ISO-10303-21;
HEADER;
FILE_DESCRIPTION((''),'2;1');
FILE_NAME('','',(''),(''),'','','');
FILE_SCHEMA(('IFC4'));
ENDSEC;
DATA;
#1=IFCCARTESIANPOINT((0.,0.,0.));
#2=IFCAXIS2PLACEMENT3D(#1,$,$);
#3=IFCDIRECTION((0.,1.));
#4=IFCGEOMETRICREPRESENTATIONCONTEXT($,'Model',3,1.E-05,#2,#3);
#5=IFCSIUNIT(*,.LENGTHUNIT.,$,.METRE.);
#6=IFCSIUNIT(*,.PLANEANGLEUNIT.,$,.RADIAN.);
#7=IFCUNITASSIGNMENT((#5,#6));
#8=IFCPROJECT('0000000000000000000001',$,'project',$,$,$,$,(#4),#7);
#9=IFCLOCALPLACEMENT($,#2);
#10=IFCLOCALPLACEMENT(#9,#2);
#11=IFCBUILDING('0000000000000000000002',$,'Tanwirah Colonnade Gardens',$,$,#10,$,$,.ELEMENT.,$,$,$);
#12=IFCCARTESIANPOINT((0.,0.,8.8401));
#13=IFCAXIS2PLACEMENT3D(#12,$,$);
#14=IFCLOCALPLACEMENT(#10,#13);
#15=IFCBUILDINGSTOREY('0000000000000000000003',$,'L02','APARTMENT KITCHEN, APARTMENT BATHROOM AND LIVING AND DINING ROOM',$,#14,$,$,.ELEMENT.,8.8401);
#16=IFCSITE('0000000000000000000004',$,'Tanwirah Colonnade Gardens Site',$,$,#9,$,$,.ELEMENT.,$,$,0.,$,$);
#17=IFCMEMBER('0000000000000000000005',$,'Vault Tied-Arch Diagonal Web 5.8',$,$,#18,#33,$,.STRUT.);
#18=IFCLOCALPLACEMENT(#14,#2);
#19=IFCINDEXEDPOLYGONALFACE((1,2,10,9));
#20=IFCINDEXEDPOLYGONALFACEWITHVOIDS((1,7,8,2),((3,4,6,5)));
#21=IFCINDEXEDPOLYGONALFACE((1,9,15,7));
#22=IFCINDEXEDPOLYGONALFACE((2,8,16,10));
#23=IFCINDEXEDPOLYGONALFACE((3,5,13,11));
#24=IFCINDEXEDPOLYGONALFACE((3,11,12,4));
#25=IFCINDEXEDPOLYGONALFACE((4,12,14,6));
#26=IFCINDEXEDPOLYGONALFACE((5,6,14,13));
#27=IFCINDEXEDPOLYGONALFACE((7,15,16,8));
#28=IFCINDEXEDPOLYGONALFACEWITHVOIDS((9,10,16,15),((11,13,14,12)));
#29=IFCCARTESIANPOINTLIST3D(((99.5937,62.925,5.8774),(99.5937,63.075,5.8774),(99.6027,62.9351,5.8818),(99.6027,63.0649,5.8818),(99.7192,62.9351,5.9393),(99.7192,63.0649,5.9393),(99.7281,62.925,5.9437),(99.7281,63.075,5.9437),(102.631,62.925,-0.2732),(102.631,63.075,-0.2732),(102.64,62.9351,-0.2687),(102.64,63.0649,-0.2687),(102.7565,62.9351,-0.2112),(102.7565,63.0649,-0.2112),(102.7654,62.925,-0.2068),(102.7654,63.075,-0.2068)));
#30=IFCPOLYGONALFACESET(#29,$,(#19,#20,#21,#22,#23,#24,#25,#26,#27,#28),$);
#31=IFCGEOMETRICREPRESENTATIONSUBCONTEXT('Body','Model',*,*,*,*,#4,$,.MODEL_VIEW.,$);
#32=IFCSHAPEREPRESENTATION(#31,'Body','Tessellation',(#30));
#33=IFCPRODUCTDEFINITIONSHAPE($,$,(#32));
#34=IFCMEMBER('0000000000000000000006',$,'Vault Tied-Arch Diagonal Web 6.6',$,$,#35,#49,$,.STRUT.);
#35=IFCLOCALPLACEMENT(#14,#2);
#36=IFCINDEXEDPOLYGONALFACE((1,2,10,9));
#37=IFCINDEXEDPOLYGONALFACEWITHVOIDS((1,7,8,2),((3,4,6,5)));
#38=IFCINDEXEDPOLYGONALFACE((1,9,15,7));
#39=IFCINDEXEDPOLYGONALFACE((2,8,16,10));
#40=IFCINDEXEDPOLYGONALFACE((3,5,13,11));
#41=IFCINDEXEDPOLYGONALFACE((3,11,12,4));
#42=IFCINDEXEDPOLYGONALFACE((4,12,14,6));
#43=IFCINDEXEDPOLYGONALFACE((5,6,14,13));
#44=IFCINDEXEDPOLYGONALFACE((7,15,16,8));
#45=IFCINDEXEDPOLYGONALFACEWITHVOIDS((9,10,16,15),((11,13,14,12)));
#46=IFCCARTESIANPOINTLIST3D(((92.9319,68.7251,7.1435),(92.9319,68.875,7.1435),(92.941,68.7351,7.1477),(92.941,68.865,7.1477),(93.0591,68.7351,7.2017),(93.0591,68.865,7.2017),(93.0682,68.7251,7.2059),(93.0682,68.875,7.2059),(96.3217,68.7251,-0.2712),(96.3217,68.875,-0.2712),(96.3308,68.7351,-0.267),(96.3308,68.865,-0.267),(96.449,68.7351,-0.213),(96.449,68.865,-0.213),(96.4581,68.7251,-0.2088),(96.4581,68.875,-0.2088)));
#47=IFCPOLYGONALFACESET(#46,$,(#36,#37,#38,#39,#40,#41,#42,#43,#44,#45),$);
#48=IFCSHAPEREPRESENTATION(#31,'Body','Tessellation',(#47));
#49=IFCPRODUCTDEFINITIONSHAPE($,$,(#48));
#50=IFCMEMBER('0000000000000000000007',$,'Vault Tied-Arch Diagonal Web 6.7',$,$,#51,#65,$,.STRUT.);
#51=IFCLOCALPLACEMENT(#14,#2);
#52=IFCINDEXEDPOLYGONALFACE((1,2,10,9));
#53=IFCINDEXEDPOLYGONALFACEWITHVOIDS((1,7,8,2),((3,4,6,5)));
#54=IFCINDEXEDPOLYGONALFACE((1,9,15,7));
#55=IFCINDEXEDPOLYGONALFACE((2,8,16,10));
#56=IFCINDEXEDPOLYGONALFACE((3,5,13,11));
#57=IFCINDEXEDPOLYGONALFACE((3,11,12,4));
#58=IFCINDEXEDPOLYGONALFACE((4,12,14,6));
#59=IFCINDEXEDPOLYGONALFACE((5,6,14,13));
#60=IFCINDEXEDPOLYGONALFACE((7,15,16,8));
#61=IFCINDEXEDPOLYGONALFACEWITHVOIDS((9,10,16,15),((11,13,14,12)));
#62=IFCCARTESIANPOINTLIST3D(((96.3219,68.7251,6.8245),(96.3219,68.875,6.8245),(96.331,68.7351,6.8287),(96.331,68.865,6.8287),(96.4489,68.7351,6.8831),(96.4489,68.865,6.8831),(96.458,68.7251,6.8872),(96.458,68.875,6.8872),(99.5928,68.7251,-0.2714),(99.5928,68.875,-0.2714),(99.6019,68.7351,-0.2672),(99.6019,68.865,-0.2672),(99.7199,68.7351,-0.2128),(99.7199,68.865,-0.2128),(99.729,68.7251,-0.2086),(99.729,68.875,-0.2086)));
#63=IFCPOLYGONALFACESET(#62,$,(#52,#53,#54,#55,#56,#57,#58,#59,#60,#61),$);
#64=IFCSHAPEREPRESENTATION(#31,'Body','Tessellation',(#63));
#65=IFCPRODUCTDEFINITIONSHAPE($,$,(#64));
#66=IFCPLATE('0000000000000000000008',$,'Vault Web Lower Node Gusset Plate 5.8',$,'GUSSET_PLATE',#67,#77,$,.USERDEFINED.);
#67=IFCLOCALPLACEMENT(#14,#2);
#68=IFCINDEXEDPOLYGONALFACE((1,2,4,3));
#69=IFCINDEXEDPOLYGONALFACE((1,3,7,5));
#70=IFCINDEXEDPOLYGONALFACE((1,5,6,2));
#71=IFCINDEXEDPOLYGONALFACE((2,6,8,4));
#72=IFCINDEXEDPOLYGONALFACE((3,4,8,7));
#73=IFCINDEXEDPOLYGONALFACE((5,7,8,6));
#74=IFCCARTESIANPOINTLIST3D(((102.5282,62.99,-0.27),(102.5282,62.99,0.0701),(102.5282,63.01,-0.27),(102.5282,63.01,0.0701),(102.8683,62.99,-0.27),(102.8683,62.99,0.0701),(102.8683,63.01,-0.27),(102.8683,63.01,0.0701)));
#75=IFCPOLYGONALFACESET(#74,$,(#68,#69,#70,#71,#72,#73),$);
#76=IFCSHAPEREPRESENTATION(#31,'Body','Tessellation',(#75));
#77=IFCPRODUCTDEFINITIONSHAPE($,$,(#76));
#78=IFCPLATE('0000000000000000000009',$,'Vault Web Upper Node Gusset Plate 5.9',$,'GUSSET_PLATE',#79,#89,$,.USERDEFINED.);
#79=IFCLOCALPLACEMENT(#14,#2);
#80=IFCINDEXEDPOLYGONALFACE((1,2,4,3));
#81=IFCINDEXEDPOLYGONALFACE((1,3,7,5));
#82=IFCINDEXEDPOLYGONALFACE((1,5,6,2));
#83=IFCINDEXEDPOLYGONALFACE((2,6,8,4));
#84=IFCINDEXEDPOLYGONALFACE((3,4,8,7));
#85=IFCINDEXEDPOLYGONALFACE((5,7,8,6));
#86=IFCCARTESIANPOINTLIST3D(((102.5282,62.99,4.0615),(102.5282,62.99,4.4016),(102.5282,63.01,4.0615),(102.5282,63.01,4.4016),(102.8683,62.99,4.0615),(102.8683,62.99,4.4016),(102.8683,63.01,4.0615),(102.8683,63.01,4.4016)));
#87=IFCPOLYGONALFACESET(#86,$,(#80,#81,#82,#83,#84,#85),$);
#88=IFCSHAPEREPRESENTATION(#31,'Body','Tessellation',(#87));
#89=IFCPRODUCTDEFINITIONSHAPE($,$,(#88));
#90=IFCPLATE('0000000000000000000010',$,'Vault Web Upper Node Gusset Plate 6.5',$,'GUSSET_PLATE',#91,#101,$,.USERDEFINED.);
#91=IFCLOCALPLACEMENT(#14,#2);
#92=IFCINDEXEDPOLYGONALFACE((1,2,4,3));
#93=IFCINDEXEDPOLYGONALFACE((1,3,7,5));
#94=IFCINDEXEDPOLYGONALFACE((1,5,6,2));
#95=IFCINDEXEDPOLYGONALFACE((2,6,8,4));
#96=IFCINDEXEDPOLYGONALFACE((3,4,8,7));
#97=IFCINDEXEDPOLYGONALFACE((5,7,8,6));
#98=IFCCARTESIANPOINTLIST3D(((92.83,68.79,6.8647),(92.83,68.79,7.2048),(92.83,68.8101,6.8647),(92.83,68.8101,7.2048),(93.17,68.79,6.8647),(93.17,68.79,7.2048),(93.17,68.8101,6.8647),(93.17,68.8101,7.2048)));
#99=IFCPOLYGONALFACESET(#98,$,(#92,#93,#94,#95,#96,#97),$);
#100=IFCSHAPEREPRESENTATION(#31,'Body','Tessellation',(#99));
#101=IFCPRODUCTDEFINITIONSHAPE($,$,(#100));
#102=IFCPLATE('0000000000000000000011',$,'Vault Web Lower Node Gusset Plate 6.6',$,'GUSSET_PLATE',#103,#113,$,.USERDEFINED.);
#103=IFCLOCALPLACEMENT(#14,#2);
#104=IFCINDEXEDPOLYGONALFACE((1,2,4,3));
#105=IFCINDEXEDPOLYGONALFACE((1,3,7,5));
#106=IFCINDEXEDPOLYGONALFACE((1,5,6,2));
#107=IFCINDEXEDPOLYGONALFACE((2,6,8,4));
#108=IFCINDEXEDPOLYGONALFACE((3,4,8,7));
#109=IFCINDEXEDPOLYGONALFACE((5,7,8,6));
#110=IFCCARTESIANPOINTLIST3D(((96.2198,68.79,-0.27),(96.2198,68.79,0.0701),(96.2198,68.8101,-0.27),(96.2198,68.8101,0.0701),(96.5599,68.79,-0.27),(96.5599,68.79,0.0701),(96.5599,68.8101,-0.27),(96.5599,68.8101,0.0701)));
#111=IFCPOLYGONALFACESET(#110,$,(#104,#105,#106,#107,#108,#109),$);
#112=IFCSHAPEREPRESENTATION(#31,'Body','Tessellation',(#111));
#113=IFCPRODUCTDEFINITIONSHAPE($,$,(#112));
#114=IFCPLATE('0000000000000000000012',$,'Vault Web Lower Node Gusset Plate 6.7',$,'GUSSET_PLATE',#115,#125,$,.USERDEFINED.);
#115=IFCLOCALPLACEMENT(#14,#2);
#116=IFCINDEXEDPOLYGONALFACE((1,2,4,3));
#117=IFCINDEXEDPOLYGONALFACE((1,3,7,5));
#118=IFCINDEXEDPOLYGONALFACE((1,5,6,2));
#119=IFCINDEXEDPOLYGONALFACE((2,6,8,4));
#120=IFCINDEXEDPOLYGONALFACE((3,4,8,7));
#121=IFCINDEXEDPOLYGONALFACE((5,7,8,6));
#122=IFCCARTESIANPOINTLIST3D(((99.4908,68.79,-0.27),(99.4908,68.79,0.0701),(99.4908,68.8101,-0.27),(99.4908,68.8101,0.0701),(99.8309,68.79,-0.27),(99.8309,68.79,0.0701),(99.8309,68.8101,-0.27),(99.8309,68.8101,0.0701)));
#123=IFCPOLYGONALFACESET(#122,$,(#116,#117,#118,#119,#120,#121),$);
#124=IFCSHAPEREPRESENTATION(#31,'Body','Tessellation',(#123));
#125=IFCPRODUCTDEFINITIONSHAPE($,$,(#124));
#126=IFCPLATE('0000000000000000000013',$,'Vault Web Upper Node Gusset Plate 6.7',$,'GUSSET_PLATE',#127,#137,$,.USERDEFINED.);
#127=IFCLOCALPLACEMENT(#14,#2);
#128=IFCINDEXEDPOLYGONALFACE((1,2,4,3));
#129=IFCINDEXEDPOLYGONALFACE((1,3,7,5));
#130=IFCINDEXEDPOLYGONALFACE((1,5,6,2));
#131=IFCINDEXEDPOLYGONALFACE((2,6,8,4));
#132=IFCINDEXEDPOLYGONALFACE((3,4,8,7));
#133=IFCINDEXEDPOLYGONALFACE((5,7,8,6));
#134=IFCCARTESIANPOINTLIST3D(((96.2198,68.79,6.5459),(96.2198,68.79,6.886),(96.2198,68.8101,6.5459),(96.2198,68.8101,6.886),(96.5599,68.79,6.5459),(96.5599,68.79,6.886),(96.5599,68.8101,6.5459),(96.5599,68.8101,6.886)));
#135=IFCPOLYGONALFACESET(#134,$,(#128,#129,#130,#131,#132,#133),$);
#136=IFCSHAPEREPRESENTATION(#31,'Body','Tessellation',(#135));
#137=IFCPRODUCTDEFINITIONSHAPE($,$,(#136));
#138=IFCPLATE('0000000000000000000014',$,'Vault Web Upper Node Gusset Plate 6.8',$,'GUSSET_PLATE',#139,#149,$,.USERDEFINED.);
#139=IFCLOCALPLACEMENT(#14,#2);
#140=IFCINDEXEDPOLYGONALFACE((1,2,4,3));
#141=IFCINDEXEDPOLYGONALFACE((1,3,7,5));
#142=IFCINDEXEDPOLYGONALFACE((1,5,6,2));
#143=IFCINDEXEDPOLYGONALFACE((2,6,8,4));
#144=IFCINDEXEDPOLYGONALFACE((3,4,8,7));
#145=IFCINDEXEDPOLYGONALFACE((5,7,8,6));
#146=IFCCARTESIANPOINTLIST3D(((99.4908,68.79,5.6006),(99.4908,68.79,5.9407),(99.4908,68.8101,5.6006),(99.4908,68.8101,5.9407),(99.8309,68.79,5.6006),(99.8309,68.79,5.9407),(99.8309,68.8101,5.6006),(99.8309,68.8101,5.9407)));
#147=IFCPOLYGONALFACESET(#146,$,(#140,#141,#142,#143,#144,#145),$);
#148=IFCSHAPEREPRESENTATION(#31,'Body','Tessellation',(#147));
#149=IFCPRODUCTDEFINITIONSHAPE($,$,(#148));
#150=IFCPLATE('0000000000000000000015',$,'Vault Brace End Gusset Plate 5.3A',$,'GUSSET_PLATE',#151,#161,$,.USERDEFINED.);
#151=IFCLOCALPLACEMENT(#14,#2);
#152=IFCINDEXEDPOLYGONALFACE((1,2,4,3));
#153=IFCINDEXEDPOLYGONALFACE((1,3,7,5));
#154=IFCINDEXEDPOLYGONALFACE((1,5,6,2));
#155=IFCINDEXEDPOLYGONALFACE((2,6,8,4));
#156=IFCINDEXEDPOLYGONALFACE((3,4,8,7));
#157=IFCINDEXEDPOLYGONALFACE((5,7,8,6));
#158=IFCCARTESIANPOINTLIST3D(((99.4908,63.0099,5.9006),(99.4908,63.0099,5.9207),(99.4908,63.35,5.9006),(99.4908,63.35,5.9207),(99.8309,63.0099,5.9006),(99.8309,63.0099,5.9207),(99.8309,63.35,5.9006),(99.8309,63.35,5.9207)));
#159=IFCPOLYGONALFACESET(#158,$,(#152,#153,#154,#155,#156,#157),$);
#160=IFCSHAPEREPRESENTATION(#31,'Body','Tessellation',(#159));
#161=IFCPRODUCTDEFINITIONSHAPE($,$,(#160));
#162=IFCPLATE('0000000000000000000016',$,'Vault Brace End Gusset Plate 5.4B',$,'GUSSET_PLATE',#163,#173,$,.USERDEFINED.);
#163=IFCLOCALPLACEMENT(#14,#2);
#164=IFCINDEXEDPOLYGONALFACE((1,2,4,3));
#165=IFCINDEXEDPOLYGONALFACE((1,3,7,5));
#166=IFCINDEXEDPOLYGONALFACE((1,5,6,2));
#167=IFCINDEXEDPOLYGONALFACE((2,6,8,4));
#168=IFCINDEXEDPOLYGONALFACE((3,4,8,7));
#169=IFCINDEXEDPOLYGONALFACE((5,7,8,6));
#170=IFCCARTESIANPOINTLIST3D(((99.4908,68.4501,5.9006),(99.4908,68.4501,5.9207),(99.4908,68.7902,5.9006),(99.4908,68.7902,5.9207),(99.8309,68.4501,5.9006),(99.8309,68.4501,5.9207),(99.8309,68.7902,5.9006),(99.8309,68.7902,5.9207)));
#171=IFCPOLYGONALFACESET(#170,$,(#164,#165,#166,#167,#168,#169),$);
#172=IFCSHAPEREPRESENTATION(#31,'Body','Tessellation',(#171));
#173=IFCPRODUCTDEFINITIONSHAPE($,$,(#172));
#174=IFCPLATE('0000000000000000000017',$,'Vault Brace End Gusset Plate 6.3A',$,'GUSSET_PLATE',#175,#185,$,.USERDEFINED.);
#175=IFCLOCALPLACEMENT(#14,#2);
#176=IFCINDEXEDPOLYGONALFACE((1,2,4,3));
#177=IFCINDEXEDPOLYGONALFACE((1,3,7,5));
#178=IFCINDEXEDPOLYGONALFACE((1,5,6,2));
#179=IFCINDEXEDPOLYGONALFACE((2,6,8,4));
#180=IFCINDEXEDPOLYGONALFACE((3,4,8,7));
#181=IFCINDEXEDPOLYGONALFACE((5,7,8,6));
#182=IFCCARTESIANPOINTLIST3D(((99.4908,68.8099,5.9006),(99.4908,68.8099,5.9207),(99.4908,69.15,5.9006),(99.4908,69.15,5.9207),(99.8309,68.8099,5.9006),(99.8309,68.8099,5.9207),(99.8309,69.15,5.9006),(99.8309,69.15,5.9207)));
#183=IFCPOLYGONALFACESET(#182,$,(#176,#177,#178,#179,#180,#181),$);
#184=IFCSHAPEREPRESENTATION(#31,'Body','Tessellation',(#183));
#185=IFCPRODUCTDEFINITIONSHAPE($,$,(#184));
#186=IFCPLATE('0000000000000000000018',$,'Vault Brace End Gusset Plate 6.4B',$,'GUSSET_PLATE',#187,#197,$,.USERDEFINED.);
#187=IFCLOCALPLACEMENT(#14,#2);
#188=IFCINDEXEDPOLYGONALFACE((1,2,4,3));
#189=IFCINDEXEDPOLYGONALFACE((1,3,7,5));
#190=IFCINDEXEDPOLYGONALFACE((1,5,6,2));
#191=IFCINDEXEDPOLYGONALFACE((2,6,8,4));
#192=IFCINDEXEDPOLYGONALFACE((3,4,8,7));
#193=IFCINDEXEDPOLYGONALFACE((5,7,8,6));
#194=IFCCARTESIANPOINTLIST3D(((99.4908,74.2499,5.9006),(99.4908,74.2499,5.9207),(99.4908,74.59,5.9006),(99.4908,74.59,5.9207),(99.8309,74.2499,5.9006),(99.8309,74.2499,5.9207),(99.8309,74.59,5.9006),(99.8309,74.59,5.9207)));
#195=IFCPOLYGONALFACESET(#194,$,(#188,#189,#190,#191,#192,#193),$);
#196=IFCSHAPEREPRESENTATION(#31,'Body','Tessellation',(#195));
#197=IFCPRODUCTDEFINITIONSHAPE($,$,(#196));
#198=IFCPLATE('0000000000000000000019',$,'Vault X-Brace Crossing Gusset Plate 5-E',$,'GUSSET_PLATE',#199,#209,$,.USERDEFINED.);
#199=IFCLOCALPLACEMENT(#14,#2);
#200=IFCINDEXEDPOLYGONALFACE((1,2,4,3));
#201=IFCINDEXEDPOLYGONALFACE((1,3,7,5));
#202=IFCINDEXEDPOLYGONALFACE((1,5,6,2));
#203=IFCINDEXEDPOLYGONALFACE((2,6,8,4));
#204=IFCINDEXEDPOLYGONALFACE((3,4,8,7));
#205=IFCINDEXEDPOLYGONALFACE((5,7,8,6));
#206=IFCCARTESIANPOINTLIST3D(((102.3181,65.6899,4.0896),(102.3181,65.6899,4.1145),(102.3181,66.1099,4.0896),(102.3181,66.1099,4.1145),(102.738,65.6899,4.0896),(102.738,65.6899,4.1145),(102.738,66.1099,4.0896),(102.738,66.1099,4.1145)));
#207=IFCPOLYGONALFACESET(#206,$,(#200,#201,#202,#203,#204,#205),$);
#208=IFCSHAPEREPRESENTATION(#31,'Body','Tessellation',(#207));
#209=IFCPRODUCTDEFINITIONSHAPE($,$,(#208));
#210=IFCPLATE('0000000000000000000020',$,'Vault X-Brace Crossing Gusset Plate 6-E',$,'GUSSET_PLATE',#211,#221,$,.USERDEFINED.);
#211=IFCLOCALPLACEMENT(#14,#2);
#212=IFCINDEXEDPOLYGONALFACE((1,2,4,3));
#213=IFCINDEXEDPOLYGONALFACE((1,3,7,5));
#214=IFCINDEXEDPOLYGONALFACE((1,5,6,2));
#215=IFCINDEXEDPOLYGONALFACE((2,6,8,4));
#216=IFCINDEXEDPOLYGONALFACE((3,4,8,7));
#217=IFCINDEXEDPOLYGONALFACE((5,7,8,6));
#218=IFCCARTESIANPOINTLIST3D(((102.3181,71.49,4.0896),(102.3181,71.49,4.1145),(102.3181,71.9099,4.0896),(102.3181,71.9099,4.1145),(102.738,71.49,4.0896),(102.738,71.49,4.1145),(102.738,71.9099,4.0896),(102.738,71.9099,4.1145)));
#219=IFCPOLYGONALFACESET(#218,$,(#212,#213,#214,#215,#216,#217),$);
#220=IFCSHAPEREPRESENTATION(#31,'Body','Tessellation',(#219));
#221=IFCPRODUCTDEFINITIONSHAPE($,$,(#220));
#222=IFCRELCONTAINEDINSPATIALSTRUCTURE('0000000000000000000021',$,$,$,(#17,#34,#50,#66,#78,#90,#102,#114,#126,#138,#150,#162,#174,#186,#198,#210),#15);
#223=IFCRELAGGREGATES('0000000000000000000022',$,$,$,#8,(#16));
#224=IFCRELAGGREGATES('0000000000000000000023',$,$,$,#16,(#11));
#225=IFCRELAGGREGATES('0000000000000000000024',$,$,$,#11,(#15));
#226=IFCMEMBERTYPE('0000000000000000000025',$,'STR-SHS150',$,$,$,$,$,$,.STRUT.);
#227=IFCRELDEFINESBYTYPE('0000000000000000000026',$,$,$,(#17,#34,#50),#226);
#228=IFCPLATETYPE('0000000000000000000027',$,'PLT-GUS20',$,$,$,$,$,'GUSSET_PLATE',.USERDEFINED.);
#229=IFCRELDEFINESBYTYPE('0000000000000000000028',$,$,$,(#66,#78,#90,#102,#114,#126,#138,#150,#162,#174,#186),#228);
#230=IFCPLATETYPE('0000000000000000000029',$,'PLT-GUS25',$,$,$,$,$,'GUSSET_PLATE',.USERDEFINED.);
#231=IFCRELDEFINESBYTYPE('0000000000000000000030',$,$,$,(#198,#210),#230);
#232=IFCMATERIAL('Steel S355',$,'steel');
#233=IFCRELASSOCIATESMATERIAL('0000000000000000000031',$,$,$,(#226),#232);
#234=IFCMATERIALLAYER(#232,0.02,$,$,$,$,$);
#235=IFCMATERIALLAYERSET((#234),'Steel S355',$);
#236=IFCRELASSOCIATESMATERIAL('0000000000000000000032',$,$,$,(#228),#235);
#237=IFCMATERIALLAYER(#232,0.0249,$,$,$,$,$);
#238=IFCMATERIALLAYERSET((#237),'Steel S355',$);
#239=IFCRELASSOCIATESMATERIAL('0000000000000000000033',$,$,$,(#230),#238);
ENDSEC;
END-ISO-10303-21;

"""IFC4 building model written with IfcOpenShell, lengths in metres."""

from ifc_helpers import new_model, si_unit, direction, frame, origin, origin_2d, place, context, subcontext, project, spatial, rectangle, hollow_rectangle, extrude, material, layer, layer_set, material_profile, profile_set, type_object, element, save


model = new_model("IFC4")

# Units and contexts
model_context = context("Model", 3, precision=1e-05, world=origin(), true_north=direction((0.0, 1.0)))
body_context = subcontext(model_context, "Body", "Model", "MODEL_VIEW")
ifc_project = project(units=[si_unit("LENGTHUNIT", "METRE"), si_unit("PLANEANGLEUNIT", "RADIAN")], contexts=[model_context])

# Site, building, storey
site_placement = place(None, origin())
site = spatial("IfcSite", under=ifc_project, at=site_placement, Name="Tanwirah Colonnade Gardens Site", CompositionType="ELEMENT", RefElevation=0.0)
building_placement = place(site_placement, origin())
building = spatial("IfcBuilding", under=site, at=building_placement, Name="Tanwirah Colonnade Gardens", CompositionType="ELEMENT")
storey_placement = place(building_placement, frame((0.0, 0.0, 8.8401)))
storey = spatial("IfcBuildingStorey", under=building, at=storey_placement, Name="L02", Description="APARTMENT KITCHEN, APARTMENT BATHROOM AND LIVING AND DINING ROOM", CompositionType="ELEMENT", Elevation=8.8401)

# Shared definitions
ifc_material_1 = material(Name="Steel S355", Category="steel")

# Members
ifc_material_profile_1 = material_profile(ifc_material_1, hollow_rectangle(XDim=0.1499, YDim=0.1499, WallThickness=0.01, at=origin_2d()), Name="SHS 150x150x10")
ifc_profile_set_1 = profile_set([ifc_material_profile_1], Name="Steel S355")
member_type_1 = type_object("IfcMemberType", Name="STR-SHS150", PredefinedType="STRUT", material=ifc_profile_set_1)
member_1_placement = place(storey_placement, frame((102.6982, 63.0, -0.24), z_axis=(-0.442781, 0.0, 0.89663), x_axis=(0.0, -1.0, 0.0)))
element("IfcMember", 1, at=member_1_placement, inside=storey, type_object=member_type_1, Name="Vault Tied-Arch Diagonal Web 5.8", PredefinedType="STRUT", context=body_context, shape_type="SweptSolid", body=[
    extrude(hollow_rectangle(XDim=0.1499, YDim=0.1499, WallThickness=0.01, at=origin_2d()), origin(), (0.0, 0.0, 1.0), 6.8596),
])
member_2_placement = place(storey_placement, frame((96.3899, 68.8, -0.24), z_axis=(-0.415787, 0.0, 0.909462), x_axis=(0.0, -1.0, 0.0)))
element("IfcMember", 2, at=member_2_placement, inside=storey, type_object=member_type_1, Name="Vault Tied-Arch Diagonal Web 6.6", PredefinedType="STRUT", context=body_context, shape_type="SweptSolid", body=[
    extrude(hollow_rectangle(XDim=0.1499, YDim=0.1499, WallThickness=0.01, at=origin_2d()), origin(), (0.0, 0.0, 1.0), 8.1528),
])
member_3_placement = place(storey_placement, frame((99.6609, 68.8, -0.24), z_axis=(-0.41863, 0.0, 0.908157), x_axis=(0.0, -1.0, 0.0)))
element("IfcMember", 3, at=member_3_placement, inside=storey, type_object=member_type_1, Name="Vault Tied-Arch Diagonal Web 6.7", PredefinedType="STRUT", context=body_context, shape_type="SweptSolid", body=[
    extrude(hollow_rectangle(XDim=0.1499, YDim=0.1499, WallThickness=0.01, at=origin_2d()), origin(), (0.0, 0.0, 1.0), 7.8135),
])

# Plates
ifc_layer_1 = layer(ifc_material_1, 0.02)
ifc_layer_set_1 = layer_set([ifc_layer_1], Name="Steel S355")
plate_type_1 = type_object("IfcPlateType", Name="PLT-GUS20", ElementType="GUSSET_PLATE", PredefinedType="USERDEFINED", material=ifc_layer_set_1)
for number, where, z_axis, x_axis, name in (
    (4, (102.6982, 63.0, -0.27), (0.0, 0.0, 1.0), (1.0, 0.0, 0.0), "Vault Web Lower Node Gusset Plate 5.8"),
    (5, (102.6982, 63.0, 4.0615), (0.0, 0.0, 1.0), (1.0, 0.0, 0.0), "Vault Web Upper Node Gusset Plate 5.9"),
    (6, (93.0, 68.8, 6.8647), (0.0, 0.0, 1.0), (1.0, 0.0, 0.0), "Vault Web Upper Node Gusset Plate 6.5"),
    (7, (96.3899, 68.8, -0.27), (0.0, 0.0, 1.0), (1.0, 0.0, 0.0), "Vault Web Lower Node Gusset Plate 6.6"),
    (8, (99.6609, 68.8, -0.27), (0.0, 0.0, 1.0), (1.0, 0.0, 0.0), "Vault Web Lower Node Gusset Plate 6.7"),
    (9, (96.3899, 68.8, 6.5459), (0.0, 0.0, 1.0), (1.0, 0.0, 0.0), "Vault Web Upper Node Gusset Plate 6.7"),
    (10, (99.6609, 68.8, 5.6006), (0.0, 0.0, 1.0), (1.0, 0.0, 0.0), "Vault Web Upper Node Gusset Plate 6.8"),
):
    element("IfcPlate", number, at=place(storey_placement, frame(where, z_axis=z_axis, x_axis=x_axis)), inside=storey, type_object=plate_type_1, Name=name, ObjectType="GUSSET_PLATE", PredefinedType="USERDEFINED", context=body_context, shape_type="SweptSolid", body=[
        extrude(rectangle(XDim=0.3401, YDim=0.02, at=origin_2d()), origin(), (0.0, 0.0, 1.0), 0.3401),
    ])
for number, where, z_axis, x_axis, name in (
    (11, (99.6609, 63.1799, 5.9006), (0.0, 0.0, 1.0), (1.0, 0.0, 0.0), "Vault Brace End Gusset Plate 5.3A"),
    (12, (99.6609, 68.6201, 5.9006), (0.0, 0.0, 1.0), (1.0, 0.0, 0.0), "Vault Brace End Gusset Plate 5.4B"),
    (13, (99.6609, 68.98, 5.9006), (0.0, 0.0, 1.0), (1.0, 0.0, 0.0), "Vault Brace End Gusset Plate 6.3A"),
    (14, (99.6609, 74.4199, 5.9006), (0.0, 0.0, 1.0), (1.0, 0.0, 0.0), "Vault Brace End Gusset Plate 6.4B"),
):
    element("IfcPlate", number, at=place(storey_placement, frame(where, z_axis=z_axis, x_axis=x_axis)), inside=storey, type_object=plate_type_1, Name=name, ObjectType="GUSSET_PLATE", PredefinedType="USERDEFINED", context=body_context, shape_type="SweptSolid", body=[
        extrude(rectangle(XDim=0.3401, YDim=0.3401, at=origin_2d()), origin(), (0.0, 0.0, 1.0), 0.02),
    ])
ifc_layer_2 = layer(ifc_material_1, 0.0249)
ifc_layer_set_2 = layer_set([ifc_layer_2], Name="Steel S355")
plate_type_2 = type_object("IfcPlateType", Name="PLT-GUS25", ElementType="GUSSET_PLATE", PredefinedType="USERDEFINED", material=ifc_layer_set_2)
for number, where, z_axis, x_axis, name in (
    (15, (102.5281, 65.8999, 4.0896), (0.0, 0.0, 1.0), (1.0, 0.0, 0.0), "Vault X-Brace Crossing Gusset Plate 5-E"),
    (16, (102.5281, 71.7, 4.0896), (0.0, 0.0, 1.0), (1.0, 0.0, 0.0), "Vault X-Brace Crossing Gusset Plate 6-E"),
):
    element("IfcPlate", number, at=place(storey_placement, frame(where, z_axis=z_axis, x_axis=x_axis)), inside=storey, type_object=plate_type_2, Name=name, ObjectType="GUSSET_PLATE", PredefinedType="USERDEFINED", context=body_context, shape_type="SweptSolid", body=[
        extrude(rectangle(XDim=0.4199, YDim=0.4199, at=origin_2d()), origin(), (0.0, 0.0, 1.0), 0.0249),
    ])

save(model, "model.ifc")
